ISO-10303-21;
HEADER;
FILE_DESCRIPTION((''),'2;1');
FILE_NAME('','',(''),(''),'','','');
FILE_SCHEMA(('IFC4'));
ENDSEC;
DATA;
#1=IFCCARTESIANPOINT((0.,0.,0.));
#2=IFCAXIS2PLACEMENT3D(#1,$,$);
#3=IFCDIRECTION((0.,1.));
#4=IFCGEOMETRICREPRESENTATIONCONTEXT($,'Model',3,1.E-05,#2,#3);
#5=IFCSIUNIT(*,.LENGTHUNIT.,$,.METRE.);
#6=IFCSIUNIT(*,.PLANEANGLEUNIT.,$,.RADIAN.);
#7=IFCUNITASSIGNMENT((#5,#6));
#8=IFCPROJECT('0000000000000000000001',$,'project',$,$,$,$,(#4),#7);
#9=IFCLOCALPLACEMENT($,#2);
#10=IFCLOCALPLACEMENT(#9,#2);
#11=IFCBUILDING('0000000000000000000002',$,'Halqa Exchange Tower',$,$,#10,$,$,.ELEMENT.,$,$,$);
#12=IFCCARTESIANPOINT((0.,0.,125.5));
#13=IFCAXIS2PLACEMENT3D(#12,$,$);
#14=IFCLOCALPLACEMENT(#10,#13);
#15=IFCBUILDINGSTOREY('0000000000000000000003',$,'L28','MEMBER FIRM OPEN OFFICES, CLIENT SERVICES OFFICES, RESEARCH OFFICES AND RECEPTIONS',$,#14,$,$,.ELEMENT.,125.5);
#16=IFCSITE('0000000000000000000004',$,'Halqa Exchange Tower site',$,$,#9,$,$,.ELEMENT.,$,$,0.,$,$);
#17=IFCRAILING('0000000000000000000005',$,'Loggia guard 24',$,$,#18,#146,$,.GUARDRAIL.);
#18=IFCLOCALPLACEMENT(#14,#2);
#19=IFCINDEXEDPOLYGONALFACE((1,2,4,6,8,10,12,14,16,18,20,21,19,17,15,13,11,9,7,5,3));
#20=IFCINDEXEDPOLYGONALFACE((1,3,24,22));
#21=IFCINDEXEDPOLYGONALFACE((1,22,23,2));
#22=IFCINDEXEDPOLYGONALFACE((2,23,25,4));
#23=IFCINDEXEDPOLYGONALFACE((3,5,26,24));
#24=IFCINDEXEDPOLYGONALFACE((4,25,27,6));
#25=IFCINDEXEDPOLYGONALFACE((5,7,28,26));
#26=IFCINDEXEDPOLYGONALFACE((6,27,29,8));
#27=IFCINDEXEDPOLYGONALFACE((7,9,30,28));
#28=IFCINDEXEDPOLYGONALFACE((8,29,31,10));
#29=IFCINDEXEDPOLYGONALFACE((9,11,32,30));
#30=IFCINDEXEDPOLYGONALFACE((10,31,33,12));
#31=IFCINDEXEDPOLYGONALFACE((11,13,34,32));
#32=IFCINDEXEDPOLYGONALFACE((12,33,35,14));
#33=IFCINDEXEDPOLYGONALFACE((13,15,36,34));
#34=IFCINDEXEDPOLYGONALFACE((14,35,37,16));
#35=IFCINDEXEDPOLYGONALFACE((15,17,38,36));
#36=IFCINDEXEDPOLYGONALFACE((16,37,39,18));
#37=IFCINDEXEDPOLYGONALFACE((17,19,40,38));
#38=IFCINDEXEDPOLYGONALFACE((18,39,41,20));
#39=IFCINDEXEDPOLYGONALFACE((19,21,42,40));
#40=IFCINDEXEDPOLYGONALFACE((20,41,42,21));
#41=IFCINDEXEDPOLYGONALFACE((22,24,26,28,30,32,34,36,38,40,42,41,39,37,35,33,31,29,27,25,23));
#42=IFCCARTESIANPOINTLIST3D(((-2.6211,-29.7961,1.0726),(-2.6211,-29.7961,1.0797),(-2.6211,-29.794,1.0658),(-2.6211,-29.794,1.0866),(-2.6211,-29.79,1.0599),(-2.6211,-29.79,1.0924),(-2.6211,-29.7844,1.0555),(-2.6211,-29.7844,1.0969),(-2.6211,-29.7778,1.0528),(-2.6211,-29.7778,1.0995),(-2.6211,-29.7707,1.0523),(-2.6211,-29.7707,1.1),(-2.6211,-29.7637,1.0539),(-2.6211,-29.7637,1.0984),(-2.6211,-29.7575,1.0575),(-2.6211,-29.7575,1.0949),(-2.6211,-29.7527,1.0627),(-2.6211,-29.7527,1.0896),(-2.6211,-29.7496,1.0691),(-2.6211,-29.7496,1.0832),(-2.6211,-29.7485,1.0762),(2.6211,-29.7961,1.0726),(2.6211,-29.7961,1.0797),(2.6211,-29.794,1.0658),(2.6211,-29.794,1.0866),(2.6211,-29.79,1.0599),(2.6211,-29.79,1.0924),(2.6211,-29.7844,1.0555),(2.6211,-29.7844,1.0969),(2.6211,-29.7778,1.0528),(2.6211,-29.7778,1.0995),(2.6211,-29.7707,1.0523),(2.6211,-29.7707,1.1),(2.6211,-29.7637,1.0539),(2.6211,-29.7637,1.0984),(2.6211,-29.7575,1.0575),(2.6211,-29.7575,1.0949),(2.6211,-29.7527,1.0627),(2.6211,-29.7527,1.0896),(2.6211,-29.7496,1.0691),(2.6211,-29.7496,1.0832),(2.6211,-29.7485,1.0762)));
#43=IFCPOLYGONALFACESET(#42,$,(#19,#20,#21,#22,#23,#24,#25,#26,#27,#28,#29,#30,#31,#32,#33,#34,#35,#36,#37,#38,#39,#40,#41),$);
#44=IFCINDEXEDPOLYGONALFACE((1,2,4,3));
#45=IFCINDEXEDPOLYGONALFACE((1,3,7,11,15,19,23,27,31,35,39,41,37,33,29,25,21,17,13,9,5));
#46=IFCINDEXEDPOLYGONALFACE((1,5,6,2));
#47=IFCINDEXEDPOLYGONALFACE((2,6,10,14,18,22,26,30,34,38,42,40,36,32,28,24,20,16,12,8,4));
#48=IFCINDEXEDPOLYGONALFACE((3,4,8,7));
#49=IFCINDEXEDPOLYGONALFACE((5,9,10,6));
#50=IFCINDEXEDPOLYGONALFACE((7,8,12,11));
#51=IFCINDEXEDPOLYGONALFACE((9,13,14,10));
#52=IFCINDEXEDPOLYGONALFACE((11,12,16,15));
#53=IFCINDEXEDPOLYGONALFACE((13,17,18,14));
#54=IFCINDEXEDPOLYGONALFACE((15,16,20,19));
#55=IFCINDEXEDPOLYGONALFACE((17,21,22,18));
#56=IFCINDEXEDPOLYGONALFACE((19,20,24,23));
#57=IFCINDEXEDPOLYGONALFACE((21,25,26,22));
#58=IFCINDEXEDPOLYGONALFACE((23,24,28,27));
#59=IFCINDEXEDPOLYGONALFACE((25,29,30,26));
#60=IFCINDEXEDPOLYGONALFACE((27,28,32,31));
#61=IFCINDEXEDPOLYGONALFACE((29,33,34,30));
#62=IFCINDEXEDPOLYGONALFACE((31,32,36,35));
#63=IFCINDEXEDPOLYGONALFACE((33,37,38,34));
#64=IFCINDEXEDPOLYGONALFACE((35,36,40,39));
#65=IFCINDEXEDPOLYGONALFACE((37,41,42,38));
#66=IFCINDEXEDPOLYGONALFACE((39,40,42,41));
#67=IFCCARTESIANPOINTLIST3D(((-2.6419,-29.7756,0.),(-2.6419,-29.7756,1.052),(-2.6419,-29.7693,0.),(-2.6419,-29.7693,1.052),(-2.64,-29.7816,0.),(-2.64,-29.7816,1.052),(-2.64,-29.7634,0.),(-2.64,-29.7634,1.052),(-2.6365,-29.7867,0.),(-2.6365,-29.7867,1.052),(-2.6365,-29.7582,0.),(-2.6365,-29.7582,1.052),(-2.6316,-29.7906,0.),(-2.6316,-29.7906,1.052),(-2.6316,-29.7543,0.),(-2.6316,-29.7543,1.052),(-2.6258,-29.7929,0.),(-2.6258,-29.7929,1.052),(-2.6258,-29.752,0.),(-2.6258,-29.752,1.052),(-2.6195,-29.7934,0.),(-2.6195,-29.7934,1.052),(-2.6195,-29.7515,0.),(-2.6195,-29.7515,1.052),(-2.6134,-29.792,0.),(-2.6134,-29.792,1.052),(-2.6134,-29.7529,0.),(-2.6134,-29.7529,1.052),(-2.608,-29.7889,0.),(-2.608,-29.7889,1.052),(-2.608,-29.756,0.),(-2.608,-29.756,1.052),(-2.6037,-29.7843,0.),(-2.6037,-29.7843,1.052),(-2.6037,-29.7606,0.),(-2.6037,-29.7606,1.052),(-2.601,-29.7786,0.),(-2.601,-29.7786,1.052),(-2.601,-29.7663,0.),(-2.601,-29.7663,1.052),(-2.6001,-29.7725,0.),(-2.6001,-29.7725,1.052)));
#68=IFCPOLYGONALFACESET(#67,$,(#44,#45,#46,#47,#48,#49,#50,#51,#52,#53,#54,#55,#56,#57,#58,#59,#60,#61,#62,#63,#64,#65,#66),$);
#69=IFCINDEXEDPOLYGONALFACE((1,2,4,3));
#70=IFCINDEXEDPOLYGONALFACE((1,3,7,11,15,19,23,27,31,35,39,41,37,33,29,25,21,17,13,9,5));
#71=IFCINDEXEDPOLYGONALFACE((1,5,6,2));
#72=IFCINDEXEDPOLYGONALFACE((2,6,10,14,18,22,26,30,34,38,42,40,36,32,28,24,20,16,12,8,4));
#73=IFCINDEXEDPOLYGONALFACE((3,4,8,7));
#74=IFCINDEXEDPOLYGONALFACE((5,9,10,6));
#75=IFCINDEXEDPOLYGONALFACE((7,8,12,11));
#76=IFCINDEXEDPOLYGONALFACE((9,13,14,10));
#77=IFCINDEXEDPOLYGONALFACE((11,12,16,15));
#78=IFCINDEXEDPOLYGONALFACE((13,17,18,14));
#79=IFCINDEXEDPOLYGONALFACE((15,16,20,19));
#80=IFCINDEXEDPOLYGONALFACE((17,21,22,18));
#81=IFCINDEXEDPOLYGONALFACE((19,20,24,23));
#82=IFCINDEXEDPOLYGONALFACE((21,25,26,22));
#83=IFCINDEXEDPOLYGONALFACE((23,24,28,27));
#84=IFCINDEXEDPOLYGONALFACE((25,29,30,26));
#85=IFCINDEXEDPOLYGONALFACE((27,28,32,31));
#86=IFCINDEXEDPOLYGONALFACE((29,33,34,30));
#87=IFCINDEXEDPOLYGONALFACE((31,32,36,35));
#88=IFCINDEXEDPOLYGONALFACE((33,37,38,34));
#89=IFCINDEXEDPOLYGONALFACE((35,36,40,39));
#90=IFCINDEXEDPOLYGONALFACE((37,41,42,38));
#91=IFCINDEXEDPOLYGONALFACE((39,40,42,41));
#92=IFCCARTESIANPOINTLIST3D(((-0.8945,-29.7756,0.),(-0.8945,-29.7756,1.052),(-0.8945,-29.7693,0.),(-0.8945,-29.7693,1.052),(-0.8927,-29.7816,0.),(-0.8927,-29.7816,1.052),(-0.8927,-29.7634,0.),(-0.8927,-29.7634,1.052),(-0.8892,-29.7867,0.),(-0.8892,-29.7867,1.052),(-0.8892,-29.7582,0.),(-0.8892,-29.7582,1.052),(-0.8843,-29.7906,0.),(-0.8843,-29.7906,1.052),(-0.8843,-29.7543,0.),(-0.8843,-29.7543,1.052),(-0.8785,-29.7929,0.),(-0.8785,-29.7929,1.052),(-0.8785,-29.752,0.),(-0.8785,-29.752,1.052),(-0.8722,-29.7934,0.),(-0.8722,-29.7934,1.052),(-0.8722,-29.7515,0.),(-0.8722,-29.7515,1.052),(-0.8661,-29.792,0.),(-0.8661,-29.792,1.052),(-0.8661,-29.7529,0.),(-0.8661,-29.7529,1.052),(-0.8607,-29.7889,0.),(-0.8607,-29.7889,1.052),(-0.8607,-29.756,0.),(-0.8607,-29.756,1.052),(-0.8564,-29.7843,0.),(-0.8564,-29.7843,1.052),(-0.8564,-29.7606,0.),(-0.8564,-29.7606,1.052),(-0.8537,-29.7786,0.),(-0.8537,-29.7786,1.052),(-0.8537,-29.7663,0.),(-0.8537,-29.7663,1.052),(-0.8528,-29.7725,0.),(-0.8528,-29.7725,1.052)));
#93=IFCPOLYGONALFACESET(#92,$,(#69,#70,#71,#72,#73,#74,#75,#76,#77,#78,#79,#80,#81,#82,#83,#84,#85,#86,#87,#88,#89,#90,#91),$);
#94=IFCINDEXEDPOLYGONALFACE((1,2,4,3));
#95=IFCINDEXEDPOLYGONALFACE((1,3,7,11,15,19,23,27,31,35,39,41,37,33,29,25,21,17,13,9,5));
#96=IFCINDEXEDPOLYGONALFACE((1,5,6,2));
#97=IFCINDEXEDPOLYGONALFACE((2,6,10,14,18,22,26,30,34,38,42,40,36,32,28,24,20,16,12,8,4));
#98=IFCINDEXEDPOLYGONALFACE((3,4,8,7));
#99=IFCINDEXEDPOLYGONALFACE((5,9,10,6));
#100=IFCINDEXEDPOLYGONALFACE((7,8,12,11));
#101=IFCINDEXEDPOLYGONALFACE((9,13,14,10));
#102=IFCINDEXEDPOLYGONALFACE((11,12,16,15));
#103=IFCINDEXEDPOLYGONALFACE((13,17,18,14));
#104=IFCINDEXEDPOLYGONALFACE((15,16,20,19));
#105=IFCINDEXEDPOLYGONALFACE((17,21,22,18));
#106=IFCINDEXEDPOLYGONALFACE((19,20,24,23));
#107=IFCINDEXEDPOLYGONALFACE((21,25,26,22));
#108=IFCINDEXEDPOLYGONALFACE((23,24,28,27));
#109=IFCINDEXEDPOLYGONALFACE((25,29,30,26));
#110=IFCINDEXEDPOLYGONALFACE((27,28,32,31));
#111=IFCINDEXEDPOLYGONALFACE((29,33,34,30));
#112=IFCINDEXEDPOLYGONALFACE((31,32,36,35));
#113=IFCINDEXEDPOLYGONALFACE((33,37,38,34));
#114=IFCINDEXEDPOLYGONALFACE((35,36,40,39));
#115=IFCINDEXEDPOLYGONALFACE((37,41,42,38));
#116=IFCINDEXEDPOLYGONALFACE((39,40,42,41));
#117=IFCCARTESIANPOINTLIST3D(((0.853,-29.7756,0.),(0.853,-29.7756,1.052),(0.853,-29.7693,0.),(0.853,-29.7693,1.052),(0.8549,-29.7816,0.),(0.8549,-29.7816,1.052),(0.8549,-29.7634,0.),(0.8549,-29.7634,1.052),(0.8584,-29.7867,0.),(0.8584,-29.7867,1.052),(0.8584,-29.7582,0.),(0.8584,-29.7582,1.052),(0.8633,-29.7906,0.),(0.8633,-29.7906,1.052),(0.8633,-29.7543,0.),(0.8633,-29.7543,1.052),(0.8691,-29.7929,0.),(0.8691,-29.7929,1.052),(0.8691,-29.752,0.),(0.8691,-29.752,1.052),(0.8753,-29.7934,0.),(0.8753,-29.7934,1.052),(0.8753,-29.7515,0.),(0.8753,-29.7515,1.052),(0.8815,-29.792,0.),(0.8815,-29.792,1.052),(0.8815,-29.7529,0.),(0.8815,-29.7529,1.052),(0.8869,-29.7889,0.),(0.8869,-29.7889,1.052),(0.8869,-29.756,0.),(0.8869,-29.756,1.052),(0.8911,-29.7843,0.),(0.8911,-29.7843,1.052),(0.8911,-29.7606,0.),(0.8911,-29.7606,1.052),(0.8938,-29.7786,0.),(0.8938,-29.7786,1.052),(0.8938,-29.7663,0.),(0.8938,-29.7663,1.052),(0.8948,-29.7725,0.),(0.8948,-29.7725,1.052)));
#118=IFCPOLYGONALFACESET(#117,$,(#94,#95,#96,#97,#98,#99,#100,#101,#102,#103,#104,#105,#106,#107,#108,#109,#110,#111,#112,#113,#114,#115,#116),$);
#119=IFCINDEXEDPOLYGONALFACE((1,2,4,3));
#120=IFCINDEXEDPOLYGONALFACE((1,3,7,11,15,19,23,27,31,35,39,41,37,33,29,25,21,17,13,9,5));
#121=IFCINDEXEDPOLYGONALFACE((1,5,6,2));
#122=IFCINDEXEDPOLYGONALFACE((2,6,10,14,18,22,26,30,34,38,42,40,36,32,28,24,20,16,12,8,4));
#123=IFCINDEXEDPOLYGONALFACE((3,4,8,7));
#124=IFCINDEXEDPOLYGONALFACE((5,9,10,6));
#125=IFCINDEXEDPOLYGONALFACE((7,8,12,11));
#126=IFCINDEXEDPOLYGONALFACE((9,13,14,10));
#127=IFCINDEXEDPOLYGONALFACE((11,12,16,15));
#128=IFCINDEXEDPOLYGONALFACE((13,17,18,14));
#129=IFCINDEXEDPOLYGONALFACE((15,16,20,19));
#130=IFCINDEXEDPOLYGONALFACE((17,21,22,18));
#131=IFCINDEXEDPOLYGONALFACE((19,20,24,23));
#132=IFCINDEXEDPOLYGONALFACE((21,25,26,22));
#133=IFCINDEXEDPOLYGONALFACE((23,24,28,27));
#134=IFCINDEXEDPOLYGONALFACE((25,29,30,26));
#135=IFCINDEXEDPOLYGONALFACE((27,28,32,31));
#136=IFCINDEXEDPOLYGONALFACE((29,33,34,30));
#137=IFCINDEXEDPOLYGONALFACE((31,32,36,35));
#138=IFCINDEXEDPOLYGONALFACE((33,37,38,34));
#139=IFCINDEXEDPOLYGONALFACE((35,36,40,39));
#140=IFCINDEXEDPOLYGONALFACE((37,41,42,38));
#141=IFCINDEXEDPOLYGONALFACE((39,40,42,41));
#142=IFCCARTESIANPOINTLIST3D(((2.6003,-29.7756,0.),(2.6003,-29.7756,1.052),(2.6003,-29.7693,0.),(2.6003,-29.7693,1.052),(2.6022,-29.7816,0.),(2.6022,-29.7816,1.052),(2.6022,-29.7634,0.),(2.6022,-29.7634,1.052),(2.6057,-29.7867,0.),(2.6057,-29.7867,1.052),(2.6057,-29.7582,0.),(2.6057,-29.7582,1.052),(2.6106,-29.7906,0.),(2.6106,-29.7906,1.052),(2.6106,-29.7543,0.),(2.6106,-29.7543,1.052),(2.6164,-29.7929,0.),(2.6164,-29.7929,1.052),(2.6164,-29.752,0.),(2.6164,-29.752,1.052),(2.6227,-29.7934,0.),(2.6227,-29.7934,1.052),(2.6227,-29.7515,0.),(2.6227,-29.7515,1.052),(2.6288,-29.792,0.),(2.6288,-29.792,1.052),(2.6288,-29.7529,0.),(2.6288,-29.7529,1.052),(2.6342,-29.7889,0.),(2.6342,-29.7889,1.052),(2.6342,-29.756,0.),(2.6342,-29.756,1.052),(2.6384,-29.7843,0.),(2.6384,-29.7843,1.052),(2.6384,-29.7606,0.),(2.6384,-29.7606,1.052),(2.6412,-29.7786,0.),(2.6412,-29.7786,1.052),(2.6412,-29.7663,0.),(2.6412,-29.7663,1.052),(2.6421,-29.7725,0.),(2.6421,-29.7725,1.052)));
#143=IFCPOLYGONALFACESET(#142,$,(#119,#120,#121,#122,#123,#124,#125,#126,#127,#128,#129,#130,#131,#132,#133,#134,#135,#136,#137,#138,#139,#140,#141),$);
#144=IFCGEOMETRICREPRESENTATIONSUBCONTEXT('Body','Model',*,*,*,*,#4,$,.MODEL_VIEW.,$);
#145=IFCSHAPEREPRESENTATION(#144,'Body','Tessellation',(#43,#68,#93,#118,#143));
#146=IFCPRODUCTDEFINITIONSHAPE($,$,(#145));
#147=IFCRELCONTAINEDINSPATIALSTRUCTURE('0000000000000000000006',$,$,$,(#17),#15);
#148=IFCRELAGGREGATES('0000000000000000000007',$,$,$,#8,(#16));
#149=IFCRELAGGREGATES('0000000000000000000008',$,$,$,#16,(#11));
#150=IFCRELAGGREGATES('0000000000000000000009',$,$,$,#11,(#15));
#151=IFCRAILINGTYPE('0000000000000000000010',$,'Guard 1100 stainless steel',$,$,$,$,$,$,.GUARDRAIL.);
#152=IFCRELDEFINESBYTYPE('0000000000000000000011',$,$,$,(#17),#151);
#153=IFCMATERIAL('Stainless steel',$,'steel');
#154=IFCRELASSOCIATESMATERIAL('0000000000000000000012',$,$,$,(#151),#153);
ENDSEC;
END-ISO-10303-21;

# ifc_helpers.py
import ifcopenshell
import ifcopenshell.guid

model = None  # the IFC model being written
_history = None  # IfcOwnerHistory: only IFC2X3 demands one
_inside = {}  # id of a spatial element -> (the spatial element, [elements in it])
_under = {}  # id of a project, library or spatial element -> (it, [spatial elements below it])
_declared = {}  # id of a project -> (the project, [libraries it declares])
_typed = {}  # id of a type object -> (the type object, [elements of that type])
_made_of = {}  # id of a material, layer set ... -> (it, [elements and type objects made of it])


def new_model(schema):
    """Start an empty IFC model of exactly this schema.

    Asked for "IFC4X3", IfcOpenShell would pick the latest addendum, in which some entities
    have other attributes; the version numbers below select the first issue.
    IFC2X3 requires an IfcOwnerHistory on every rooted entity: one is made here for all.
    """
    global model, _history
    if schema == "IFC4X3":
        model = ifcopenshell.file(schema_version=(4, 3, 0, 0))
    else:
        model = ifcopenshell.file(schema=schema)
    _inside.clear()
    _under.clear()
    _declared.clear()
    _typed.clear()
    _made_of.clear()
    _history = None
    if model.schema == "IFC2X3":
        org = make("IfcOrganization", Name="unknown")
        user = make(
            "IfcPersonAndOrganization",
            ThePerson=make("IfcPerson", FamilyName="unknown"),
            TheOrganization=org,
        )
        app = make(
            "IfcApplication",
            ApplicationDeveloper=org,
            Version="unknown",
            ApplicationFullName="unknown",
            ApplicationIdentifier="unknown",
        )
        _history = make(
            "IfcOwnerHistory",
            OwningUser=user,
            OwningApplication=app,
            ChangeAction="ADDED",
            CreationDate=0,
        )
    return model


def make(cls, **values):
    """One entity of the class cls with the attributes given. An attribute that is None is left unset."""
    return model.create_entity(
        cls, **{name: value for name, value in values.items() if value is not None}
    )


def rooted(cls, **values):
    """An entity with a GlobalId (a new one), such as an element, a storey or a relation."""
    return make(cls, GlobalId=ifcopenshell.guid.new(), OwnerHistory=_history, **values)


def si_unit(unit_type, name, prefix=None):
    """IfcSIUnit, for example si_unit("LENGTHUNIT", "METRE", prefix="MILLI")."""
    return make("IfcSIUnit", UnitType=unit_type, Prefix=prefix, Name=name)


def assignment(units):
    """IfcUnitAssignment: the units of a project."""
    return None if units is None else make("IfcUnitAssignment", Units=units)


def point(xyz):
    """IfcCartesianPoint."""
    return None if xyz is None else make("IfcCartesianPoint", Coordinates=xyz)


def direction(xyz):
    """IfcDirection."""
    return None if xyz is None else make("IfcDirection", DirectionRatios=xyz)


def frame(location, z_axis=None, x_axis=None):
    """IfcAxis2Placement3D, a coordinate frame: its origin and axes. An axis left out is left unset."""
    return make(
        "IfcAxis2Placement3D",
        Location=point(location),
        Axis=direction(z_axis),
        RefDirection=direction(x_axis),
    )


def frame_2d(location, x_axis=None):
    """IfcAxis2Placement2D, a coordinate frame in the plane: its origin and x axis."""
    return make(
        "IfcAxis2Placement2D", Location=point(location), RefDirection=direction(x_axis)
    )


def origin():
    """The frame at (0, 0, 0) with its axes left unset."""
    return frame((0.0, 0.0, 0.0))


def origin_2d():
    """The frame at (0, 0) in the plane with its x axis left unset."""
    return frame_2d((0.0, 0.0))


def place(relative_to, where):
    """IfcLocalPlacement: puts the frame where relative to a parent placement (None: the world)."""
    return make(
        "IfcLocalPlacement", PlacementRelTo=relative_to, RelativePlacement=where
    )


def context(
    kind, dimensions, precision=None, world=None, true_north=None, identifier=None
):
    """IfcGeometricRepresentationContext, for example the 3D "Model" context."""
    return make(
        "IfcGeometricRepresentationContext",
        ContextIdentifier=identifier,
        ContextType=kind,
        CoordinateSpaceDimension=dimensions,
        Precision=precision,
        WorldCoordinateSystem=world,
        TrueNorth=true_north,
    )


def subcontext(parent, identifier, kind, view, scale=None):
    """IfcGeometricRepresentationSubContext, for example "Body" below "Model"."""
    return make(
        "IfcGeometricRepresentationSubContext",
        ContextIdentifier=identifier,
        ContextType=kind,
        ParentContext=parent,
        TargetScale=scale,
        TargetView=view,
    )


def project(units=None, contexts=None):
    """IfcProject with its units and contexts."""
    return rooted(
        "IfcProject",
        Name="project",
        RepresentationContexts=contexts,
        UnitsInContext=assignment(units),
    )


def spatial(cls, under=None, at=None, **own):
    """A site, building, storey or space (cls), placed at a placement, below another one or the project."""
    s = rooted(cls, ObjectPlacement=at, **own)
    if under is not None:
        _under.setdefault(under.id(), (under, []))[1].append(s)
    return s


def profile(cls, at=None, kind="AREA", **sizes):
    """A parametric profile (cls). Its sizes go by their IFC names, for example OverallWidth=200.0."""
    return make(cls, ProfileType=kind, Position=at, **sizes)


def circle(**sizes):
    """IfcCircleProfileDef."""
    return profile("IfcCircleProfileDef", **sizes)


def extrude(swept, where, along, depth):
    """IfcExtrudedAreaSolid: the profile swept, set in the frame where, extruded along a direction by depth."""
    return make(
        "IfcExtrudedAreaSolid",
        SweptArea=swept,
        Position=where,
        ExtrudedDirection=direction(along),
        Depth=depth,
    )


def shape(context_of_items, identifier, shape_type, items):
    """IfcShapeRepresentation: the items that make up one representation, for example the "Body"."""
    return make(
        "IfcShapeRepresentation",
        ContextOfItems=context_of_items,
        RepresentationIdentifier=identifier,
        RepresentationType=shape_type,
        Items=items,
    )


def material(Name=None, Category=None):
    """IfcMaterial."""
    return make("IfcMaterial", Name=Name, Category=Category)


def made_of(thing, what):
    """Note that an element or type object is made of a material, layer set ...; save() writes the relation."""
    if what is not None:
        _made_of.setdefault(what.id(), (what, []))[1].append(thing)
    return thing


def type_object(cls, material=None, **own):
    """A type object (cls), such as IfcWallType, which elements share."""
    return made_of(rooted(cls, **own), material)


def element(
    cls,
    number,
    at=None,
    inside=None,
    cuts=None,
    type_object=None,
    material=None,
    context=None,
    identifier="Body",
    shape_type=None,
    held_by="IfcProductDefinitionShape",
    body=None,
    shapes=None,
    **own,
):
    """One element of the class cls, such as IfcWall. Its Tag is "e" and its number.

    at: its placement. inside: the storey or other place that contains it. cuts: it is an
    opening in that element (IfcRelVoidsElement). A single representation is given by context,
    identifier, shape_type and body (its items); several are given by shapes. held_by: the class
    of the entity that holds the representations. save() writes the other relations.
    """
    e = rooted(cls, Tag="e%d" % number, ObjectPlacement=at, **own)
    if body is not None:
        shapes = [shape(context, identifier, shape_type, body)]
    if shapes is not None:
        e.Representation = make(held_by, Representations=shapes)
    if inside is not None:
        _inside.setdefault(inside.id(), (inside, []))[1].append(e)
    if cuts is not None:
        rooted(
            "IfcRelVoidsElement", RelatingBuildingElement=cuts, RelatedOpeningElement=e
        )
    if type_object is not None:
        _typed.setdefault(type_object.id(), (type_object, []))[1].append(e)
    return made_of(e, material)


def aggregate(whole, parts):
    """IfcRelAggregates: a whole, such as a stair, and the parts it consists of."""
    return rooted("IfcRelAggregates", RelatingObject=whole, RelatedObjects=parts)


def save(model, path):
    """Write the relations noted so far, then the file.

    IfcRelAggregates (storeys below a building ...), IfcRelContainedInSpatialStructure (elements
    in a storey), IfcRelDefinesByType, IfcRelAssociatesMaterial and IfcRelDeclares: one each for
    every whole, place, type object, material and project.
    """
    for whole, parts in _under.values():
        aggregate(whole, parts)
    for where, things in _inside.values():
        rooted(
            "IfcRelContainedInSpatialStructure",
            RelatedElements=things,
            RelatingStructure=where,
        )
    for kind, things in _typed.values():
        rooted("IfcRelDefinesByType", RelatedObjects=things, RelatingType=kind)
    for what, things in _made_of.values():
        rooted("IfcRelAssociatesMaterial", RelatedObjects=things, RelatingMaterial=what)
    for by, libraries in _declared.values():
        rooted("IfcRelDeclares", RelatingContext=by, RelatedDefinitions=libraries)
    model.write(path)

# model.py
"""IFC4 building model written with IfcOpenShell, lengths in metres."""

from ifc_helpers import new_model, si_unit, direction, frame, origin, origin_2d, place, context, subcontext, project, spatial, circle, extrude, material, type_object, element, save


model = new_model("IFC4")

# Units and contexts
model_context = context("Model", 3, precision=1e-05, world=origin(), true_north=direction((0.0, 1.0)))
body_context = subcontext(model_context, "Body", "Model", "MODEL_VIEW")
ifc_project = project(units=[si_unit("LENGTHUNIT", "METRE"), si_unit("PLANEANGLEUNIT", "RADIAN")], contexts=[model_context])

# Site, building, storey
site_placement = place(None, origin())
site = spatial("IfcSite", under=ifc_project, at=site_placement, Name="Halqa Exchange Tower site", CompositionType="ELEMENT", RefElevation=0.0)
building_placement = place(site_placement, origin())
building = spatial("IfcBuilding", under=site, at=building_placement, Name="Halqa Exchange Tower", CompositionType="ELEMENT")
storey_placement = place(building_placement, frame((0.0, 0.0, 125.5)))
storey = spatial("IfcBuildingStorey", under=building, at=storey_placement, Name="L28", Description="MEMBER FIRM OPEN OFFICES, CLIENT SERVICES OFFICES, RESEARCH OFFICES AND RECEPTIONS", CompositionType="ELEMENT", Elevation=125.5)

# Railing
ifc_material_1 = material(Name="Stainless steel", Category="steel")
railing_type = type_object("IfcRailingType", Name="Guard 1100 stainless steel", PredefinedType="GUARDRAIL", material=ifc_material_1)
railing_1_placement = place(storey_placement, frame((-2.6211, -29.7725, 0.0)))
element("IfcRailing", 1, at=railing_1_placement, inside=storey, type_object=railing_type, Name="Loggia guard 24", PredefinedType="GUARDRAIL", context=body_context, shape_type="SweptSolid", body=[
    extrude(circle(Radius=0.0239, at=origin_2d()), frame((0.0, 0.0, 1.0762), z_axis=(1.0, 0.0, 0.0), x_axis=(0.0, 1.0, 0.0)), (0.0, 0.0, 1.0), 5.2422),
    extrude(circle(Radius=0.021, at=origin_2d()), origin(), (0.0, 0.0, 1.0), 1.052),
    extrude(circle(Radius=0.021, at=origin_2d()), frame((1.7473, 0.0, 0.0)), (0.0, 0.0, 1.0), 1.052),
    extrude(circle(Radius=0.021, at=origin_2d()), frame((3.4949, 0.0, 0.0)), (0.0, 0.0, 1.0), 1.052),
    extrude(circle(Radius=0.021, at=origin_2d()), frame((5.2422, 0.0, 0.0)), (0.0, 0.0, 1.0), 1.052),
])

save(model, "model.ifc")
